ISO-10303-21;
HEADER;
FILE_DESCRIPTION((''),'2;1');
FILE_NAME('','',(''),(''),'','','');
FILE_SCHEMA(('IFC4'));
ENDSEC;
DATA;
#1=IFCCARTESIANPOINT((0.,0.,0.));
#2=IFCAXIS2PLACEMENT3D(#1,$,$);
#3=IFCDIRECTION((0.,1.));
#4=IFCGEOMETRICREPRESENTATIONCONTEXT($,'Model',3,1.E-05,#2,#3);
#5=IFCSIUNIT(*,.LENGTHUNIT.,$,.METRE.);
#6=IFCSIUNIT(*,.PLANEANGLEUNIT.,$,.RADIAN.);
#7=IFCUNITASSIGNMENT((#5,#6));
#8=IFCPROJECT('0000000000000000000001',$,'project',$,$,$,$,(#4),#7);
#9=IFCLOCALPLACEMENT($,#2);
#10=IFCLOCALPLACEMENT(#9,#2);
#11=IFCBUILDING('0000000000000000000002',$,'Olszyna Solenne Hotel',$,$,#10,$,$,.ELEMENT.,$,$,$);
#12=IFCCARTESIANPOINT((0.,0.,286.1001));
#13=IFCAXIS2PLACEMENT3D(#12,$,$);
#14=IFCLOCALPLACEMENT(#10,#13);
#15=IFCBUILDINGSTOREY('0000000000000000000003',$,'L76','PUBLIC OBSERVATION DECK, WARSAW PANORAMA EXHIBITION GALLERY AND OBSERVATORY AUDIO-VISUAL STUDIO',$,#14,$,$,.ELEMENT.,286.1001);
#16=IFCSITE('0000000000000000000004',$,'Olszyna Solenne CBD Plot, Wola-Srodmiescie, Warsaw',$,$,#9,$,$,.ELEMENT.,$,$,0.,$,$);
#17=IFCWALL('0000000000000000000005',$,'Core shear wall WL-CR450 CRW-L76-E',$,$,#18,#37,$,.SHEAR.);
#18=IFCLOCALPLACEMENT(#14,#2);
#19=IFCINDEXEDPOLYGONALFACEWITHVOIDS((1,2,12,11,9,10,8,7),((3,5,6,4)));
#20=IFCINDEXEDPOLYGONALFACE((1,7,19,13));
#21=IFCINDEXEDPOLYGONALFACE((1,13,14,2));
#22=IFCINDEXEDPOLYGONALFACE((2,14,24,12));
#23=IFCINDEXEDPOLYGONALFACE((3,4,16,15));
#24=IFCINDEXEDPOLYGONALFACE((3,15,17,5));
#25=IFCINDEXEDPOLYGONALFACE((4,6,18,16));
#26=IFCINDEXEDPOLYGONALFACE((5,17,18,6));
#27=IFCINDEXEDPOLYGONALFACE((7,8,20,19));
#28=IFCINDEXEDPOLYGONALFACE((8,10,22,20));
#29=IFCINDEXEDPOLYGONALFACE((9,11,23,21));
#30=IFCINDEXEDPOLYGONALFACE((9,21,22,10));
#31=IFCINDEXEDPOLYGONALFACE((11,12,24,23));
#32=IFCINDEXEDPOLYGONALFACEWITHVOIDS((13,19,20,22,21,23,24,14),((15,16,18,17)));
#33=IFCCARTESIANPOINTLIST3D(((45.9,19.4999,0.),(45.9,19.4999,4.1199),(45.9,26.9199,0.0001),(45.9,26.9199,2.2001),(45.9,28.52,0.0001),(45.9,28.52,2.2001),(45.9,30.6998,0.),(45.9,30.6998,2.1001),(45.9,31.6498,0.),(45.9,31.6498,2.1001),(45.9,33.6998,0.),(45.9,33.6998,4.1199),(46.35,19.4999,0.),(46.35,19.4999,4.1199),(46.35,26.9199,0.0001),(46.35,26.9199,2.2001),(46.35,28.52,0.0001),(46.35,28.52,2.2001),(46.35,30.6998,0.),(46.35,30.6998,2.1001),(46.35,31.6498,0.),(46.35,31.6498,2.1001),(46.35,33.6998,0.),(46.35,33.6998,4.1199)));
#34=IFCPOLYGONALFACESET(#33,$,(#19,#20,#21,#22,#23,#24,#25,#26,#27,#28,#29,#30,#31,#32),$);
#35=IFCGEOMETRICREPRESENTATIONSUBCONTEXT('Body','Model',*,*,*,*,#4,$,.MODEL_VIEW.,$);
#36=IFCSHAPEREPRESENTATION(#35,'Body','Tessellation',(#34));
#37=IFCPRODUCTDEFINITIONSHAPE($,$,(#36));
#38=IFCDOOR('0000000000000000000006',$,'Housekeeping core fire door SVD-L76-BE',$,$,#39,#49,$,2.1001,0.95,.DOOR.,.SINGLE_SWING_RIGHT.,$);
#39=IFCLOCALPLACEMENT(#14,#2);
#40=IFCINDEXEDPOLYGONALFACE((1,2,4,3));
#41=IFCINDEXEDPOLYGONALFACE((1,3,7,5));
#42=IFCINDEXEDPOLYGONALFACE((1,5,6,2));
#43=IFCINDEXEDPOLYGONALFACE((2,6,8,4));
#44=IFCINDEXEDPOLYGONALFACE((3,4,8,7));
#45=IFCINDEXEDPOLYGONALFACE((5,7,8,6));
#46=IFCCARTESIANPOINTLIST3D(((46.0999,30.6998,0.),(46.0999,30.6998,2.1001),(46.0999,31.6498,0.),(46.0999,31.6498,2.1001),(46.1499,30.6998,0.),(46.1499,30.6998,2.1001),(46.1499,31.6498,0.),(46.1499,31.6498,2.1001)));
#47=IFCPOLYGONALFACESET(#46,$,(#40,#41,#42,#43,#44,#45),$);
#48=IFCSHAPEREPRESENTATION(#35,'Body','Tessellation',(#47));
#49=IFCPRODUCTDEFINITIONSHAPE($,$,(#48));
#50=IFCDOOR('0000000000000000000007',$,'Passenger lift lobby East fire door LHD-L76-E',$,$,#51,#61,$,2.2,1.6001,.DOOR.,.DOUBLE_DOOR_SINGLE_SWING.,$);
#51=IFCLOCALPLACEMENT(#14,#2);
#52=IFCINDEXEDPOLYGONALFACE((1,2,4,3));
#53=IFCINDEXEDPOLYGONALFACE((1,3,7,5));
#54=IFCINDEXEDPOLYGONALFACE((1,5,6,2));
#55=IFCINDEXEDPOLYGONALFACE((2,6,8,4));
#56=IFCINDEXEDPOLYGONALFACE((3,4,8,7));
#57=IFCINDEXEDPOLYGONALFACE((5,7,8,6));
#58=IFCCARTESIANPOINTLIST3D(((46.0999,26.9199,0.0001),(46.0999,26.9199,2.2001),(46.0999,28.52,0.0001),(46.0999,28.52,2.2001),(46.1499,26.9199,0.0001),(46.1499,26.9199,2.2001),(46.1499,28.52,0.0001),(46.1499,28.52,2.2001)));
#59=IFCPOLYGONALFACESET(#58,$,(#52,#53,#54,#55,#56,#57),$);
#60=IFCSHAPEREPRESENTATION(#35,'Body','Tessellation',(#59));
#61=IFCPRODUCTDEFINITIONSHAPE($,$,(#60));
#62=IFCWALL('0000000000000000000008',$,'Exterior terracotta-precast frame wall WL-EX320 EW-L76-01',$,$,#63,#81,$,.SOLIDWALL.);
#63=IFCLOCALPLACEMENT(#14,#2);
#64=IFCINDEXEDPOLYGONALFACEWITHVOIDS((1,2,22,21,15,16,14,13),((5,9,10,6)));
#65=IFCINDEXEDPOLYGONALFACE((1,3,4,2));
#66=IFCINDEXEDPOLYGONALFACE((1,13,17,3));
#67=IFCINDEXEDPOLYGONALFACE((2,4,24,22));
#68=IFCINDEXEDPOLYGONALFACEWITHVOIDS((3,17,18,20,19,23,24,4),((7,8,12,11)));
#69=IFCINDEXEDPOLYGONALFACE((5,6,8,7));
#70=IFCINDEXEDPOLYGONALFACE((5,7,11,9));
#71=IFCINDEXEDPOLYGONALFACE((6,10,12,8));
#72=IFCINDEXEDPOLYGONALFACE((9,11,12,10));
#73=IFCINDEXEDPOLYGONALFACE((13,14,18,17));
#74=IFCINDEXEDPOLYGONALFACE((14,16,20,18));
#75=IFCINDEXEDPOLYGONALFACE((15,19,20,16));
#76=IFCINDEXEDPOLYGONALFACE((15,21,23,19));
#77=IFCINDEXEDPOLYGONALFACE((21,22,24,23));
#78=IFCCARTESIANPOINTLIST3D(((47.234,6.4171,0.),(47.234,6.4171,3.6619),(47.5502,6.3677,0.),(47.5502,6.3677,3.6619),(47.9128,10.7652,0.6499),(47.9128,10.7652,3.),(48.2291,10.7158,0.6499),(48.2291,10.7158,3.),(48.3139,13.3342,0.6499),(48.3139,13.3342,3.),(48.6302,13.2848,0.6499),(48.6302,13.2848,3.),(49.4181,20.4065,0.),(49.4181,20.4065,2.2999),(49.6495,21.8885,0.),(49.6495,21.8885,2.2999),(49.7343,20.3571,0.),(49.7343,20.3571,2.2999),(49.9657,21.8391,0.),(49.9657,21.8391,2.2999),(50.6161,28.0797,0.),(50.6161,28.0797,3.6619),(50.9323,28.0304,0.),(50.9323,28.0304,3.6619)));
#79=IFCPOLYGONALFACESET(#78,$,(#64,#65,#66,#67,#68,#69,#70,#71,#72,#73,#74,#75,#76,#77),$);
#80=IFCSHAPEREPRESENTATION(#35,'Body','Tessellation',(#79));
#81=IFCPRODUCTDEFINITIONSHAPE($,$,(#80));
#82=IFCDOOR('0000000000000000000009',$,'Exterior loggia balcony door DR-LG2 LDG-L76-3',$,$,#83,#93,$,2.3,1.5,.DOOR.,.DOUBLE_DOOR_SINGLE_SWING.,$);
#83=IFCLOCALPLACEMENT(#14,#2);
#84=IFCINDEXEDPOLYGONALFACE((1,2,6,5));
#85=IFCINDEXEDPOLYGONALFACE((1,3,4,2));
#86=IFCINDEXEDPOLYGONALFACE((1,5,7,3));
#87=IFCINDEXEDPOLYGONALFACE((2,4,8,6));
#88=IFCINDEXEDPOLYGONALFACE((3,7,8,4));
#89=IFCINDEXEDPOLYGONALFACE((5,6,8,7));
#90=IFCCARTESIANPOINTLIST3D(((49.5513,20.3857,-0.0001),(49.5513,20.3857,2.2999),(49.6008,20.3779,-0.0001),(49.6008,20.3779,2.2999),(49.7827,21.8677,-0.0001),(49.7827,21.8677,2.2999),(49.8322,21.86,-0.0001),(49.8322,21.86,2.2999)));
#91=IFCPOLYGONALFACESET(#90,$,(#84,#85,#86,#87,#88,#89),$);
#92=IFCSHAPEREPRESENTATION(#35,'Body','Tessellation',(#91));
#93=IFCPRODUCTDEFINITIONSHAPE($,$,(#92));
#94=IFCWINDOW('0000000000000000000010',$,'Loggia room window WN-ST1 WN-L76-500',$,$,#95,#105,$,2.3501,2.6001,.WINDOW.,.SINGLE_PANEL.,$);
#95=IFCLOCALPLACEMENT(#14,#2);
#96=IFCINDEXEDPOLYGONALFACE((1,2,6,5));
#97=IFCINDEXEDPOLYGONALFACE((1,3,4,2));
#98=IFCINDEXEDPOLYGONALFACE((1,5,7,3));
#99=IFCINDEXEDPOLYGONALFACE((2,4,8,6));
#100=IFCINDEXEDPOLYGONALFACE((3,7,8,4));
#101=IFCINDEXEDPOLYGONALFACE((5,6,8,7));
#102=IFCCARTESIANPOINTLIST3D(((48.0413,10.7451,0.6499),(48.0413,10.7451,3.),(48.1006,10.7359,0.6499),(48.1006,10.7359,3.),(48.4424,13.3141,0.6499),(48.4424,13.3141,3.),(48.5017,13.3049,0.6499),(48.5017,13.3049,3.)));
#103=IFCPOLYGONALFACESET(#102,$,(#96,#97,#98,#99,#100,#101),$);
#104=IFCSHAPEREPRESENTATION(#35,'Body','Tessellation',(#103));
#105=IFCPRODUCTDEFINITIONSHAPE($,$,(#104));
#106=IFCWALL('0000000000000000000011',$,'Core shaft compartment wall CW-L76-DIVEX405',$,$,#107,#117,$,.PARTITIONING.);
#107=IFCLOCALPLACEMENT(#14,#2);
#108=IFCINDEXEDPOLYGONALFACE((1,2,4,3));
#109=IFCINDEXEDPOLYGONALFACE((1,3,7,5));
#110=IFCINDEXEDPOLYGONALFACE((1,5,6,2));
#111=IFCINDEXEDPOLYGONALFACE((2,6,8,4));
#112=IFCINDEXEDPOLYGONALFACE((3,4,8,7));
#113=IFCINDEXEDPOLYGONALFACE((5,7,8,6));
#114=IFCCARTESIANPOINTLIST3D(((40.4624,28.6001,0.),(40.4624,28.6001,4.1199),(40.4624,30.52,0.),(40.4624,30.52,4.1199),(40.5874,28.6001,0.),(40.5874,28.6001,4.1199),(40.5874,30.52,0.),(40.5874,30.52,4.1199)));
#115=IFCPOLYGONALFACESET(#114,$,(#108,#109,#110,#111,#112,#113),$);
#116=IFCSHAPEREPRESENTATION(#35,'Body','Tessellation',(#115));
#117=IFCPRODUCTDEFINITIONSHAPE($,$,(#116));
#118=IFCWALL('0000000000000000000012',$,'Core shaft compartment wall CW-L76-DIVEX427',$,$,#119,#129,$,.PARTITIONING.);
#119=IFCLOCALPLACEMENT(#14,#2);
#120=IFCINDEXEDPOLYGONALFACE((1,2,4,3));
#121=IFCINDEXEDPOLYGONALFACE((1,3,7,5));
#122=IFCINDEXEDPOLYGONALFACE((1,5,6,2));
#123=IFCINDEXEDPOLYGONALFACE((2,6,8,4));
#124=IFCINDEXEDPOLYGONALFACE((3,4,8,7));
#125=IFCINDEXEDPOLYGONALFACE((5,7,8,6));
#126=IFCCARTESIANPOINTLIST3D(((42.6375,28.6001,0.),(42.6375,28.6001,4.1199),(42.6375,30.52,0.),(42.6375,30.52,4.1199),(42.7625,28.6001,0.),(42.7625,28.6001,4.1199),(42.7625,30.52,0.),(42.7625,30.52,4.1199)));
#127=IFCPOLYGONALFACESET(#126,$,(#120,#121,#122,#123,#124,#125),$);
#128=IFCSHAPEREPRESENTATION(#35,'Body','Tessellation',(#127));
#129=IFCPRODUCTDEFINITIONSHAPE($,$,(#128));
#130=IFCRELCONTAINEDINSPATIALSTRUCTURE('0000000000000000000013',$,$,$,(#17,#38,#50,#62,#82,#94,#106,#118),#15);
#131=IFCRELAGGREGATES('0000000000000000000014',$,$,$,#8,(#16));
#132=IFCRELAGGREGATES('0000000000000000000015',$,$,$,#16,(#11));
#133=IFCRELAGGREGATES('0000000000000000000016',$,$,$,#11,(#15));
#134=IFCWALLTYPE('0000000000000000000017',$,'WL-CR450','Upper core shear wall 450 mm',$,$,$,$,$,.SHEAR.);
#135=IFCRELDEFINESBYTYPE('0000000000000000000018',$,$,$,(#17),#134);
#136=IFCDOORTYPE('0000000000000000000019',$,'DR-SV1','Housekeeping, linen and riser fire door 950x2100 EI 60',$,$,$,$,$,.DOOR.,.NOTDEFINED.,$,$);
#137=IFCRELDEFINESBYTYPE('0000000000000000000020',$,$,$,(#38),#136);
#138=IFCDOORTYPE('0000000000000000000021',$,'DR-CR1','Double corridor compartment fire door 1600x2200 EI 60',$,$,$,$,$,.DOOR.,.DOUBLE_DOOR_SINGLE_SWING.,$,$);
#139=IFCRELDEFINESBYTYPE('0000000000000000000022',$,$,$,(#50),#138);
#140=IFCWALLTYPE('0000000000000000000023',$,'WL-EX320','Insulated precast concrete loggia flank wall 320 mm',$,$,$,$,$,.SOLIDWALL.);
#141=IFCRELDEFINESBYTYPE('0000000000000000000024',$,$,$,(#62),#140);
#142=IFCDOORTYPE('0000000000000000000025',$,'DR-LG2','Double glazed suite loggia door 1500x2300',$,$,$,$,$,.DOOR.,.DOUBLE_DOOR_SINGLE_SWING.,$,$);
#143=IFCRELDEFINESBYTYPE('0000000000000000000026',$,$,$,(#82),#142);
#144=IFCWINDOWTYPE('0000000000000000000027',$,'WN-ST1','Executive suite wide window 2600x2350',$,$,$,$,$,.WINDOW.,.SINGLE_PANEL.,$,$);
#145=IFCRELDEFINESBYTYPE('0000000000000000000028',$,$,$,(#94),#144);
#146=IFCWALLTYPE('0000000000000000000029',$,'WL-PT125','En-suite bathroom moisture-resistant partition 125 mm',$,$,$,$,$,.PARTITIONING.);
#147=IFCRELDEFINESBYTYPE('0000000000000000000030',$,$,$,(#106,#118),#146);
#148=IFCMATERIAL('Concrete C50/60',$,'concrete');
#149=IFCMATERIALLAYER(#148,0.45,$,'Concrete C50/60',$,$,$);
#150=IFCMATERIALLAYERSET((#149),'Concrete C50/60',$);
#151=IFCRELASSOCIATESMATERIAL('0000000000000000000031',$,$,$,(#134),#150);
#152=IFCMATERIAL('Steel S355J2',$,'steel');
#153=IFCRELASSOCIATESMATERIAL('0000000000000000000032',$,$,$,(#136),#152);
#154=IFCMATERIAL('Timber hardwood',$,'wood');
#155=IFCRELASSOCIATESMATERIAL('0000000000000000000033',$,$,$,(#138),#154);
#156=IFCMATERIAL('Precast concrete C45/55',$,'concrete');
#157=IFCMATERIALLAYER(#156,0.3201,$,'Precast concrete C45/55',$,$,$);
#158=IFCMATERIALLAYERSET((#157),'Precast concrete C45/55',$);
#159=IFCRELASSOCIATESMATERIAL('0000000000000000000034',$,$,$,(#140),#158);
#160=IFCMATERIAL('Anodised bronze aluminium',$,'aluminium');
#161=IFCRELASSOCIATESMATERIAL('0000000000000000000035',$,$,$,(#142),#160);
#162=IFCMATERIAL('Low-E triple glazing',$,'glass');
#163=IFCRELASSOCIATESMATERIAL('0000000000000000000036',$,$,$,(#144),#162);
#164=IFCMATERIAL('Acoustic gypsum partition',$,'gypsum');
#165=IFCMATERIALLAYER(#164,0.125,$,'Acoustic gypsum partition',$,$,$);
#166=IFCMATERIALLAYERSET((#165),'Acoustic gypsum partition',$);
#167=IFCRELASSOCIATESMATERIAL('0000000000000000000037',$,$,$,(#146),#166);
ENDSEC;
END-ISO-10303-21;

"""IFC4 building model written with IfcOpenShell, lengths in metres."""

from ifc_helpers import new_model, si_unit, direction, frame, frame_2d, origin, place, context, subcontext, project, spatial, rectangle, extrude, source, transform, mapped, material, layer, layer_set, type_object, type_shapes, element, fill, save


model = new_model("IFC4")

# Units and contexts
model_context = context("Model", 3, precision=1e-05, world=origin(), true_north=direction((0.0, 1.0)))
body_context = subcontext(model_context, "Body", "Model", "MODEL_VIEW")
ifc_project = project(units=[si_unit("LENGTHUNIT", "METRE"), si_unit("PLANEANGLEUNIT", "RADIAN")], contexts=[model_context])

# Site, building, storey
site_placement = place(None, origin())
site = spatial("IfcSite", under=ifc_project, at=site_placement, Name="Olszyna Solenne CBD Plot, Wola-Srodmiescie, Warsaw", CompositionType="ELEMENT", RefElevation=0.0)
building_placement = place(site_placement, origin())
building = spatial("IfcBuilding", under=site, at=building_placement, Name="Olszyna Solenne Hotel", CompositionType="ELEMENT")
storey_placement = place(building_placement, frame((0.0, 0.0, 286.1001)))
storey = spatial("IfcBuildingStorey", under=building, at=storey_placement, Name="L76", Description="PUBLIC OBSERVATION DECK, WARSAW PANORAMA EXHIBITION GALLERY AND OBSERVATORY AUDIO-VISUAL STUDIO", CompositionType="ELEMENT", Elevation=286.1001)

# Shared definitions
ifc_material_1 = material(Name="Steel S355J2", Category="steel")

# Shared definitions
ifc_material_2 = material(Name="Anodised bronze aluminium", Category="aluminium")

# Shared definitions
ifc_material_3 = material(Name="Low-E triple glazing", Category="glass")

# Wall, openings, doors
ifc_material_4 = material(Name="Concrete C50/60", Category="concrete")
ifc_layer_1 = layer(ifc_material_4, 0.45, Name="Concrete C50/60")
ifc_layer_set_1 = layer_set([ifc_layer_1], Name="Concrete C50/60")
wall_type_1 = type_object("IfcWallType", Name="WL-CR450", Description="Upper core shear wall 450 mm", PredefinedType="SHEAR", material=ifc_layer_set_1)
wall_1_placement = place(storey_placement, frame((46.125, 33.7, 0.0), z_axis=(0.0, 0.0, 1.0), x_axis=(0.0, -1.0, 0.0)))
wall_1 = element("IfcWall", 1, at=wall_1_placement, inside=storey, type_object=wall_type_1, Name="Core shear wall WL-CR450 CRW-L76-E", PredefinedType="SHEAR", context=body_context, shape_type="SweptSolid", body=[
    extrude(rectangle(XDim=14.2, YDim=0.45, at=frame_2d((7.1001, 0.0))), origin(), (0.0, 0.0, 1.0), 4.1199),
])
opening_1_placement = place(wall_1_placement, frame((5.1799, 0.0, 0.0)))
opening_1 = element("IfcOpeningElement", 2, at=opening_1_placement, cuts=wall_1, PredefinedType="OPENING", context=body_context, shape_type="SweptSolid", body=[
    extrude(rectangle(XDim=1.6001, YDim=2.2, at=frame_2d((0.8, 1.1001))), frame((0.0, 0.2349, 0.0), z_axis=(0.0, -1.0, 0.0), x_axis=(1.0, 0.0, 0.0)), (0.0, 0.0, 1.0), 0.47),
])
opening_2_placement = place(wall_1_placement, frame((2.05, 0.0, 0.0)))
opening_2 = element("IfcOpeningElement", 3, at=opening_2_placement, cuts=wall_1, PredefinedType="OPENING", context=body_context, shape_type="SweptSolid", body=[
    extrude(rectangle(XDim=0.95, YDim=2.1001, at=frame_2d((0.4751, 1.05))), frame((0.0, 0.2349, 0.0), z_axis=(0.0, -1.0, 0.0), x_axis=(1.0, 0.0, 0.0)), (0.0, 0.0, 1.0), 0.47),
])
door_type_1 = type_object("IfcDoorType", Name="DR-SV1", Description="Housekeeping, linen and riser fire door 950x2100 EI 60", OperationType="NOTDEFINED", PredefinedType="DOOR", material=ifc_material_1)
shared_shape_1 = source(origin(), body_context, "Body", "SweptSolid", [
    extrude(rectangle(XDim=0.95, YDim=2.1001, at=frame_2d((0.4751, 1.05))), frame((0.0, 0.0249, 0.0), z_axis=(0.0, -1.0, 0.0), x_axis=(1.0, 0.0, 0.0)), (0.0, 0.0, 1.0), 0.05),
])
type_shapes(door_type_1, [shared_shape_1])
door_1_placement = place(opening_2_placement, origin())
door_1 = element("IfcDoor", 4, at=door_1_placement, inside=storey, type_object=door_type_1, Name="Housekeeping core fire door SVD-L76-BE", OperationType="SINGLE_SWING_RIGHT", OverallHeight=2.1001, OverallWidth=0.95, PredefinedType="DOOR", context=body_context, shape_type="MappedRepresentation", body=[
    mapped(shared_shape_1, transform((0.0, 0.0, 0.0), x_axis=(1.0, 0.0, 0.0), y_axis=(0.0, 1.0, 0.0), z_axis=(0.0, 0.0, 1.0), scale=1.0)),
])
fill(opening_2, door_1)
ifc_material_5 = material(Name="Timber hardwood", Category="wood")
door_type_2 = type_object("IfcDoorType", Name="DR-CR1", Description="Double corridor compartment fire door 1600x2200 EI 60", OperationType="DOUBLE_DOOR_SINGLE_SWING", PredefinedType="DOOR", material=ifc_material_5)
shared_shape_2 = source(origin(), body_context, "Body", "SweptSolid", [
    extrude(rectangle(XDim=1.6001, YDim=2.2, at=frame_2d((0.8, 1.1001))), frame((0.0, 0.0249, 0.0), z_axis=(0.0, -1.0, 0.0), x_axis=(1.0, 0.0, 0.0)), (0.0, 0.0, 1.0), 0.05),
])
type_shapes(door_type_2, [shared_shape_2])
door_2_placement = place(opening_1_placement, origin())
door_2 = element("IfcDoor", 5, at=door_2_placement, inside=storey, type_object=door_type_2, Name="Passenger lift lobby East fire door LHD-L76-E", OperationType="DOUBLE_DOOR_SINGLE_SWING", OverallHeight=2.2, OverallWidth=1.6001, PredefinedType="DOOR", context=body_context, shape_type="MappedRepresentation", body=[
    mapped(shared_shape_2, transform((0.0, 0.0, 0.0), x_axis=(1.0, 0.0, 0.0), y_axis=(0.0, 1.0, 0.0), z_axis=(0.0, 0.0, 1.0), scale=1.0)),
])
fill(opening_1, door_2)

# Wall, openings, door, window
ifc_material_6 = material(Name="Precast concrete C45/55", Category="concrete")
ifc_layer_2 = layer(ifc_material_6, 0.3201, Name="Precast concrete C45/55")
ifc_layer_set_2 = layer_set([ifc_layer_2], Name="Precast concrete C45/55")
wall_type_2 = type_object("IfcWallType", Name="WL-EX320", Description="Insulated precast concrete loggia flank wall 320 mm", PredefinedType="SOLIDWALL", material=ifc_layer_set_2)
wall_2_placement = place(storey_placement, frame((50.7742, 28.0549, 0.0), z_axis=(0.0, 0.0, 1.0), x_axis=(-0.154257, -0.988031, 0.0)))
wall_2 = element("IfcWall", 6, at=wall_2_placement, inside=storey, type_object=wall_type_2, Name="Exterior terracotta-precast frame wall WL-EX320 EW-L76-01", PredefinedType="SOLIDWALL", context=body_context, shape_type="SweptSolid", body=[
    extrude(rectangle(XDim=21.925, YDim=0.3201, at=frame_2d((10.9624, 0.0))), origin(), (0.0, 0.0, 1.0), 3.6619),
])
opening_3_placement = place(wall_2_placement, frame((6.2661, 0.0, 0.0)))
opening_3 = element("IfcOpeningElement", 7, at=opening_3_placement, cuts=wall_2, PredefinedType="OPENING", context=body_context, shape_type="SweptSolid", body=[
    extrude(rectangle(XDim=1.5, YDim=2.3, at=frame_2d((0.75, 1.1499))), frame((0.0, 0.1699, 0.0), z_axis=(0.0, -1.0, 0.0), x_axis=(1.0, 0.0, 0.0)), (0.0, 0.0, 1.0), 0.3401),
])
opening_4_placement = place(wall_2_placement, frame((14.9241, 0.0, 0.6499)))
opening_4 = element("IfcOpeningElement", 8, at=opening_4_placement, cuts=wall_2, PredefinedType="OPENING", context=body_context, shape_type="SweptSolid", body=[
    extrude(rectangle(XDim=2.6001, YDim=2.3501, at=frame_2d((1.3, 1.175))), frame((0.0, 0.1699, 0.0), z_axis=(0.0, -1.0, 0.0), x_axis=(1.0, 0.0, 0.0)), (0.0, 0.0, 1.0), 0.3401),
])
door_type_3 = type_object("IfcDoorType", Name="DR-LG2", Description="Double glazed suite loggia door 1500x2300", OperationType="DOUBLE_DOOR_SINGLE_SWING", PredefinedType="DOOR", material=ifc_material_2)
shared_shape_3 = source(origin(), body_context, "Body", "SweptSolid", [
    extrude(rectangle(XDim=1.5, YDim=2.3, at=frame_2d((0.75, 1.1499))), frame((0.0, 0.0249, 0.0), z_axis=(0.0, -1.0, 0.0), x_axis=(1.0, 0.0, 0.0)), (0.0, 0.0, 1.0), 0.05),
])
type_shapes(door_type_3, [shared_shape_3])
door_3_placement = place(opening_3_placement, origin())
door_3 = element("IfcDoor", 9, at=door_3_placement, inside=storey, type_object=door_type_3, Name="Exterior loggia balcony door DR-LG2 LDG-L76-3", OperationType="DOUBLE_DOOR_SINGLE_SWING", OverallHeight=2.3, OverallWidth=1.5, PredefinedType="DOOR", context=body_context, shape_type="MappedRepresentation", body=[
    mapped(shared_shape_3, transform((0.0, 0.0, 0.0), x_axis=(1.0, 0.0, 0.0), y_axis=(0.0, 1.0, 0.0), z_axis=(0.0, 0.0, 1.0), scale=1.0)),
])
fill(opening_3, door_3)
window_type = type_object("IfcWindowType", Name="WN-ST1", Description="Executive suite wide window 2600x2350", PartitioningType="SINGLE_PANEL", PredefinedType="WINDOW", material=ifc_material_3)
shared_shape_4 = source(origin(), body_context, "Body", "SweptSolid", [
    extrude(rectangle(XDim=2.6001, YDim=2.3501, at=frame_2d((1.3, 1.175))), frame((0.0, 0.03, 0.0), z_axis=(0.0, -1.0, 0.0), x_axis=(1.0, 0.0, 0.0)), (0.0, 0.0, 1.0), 0.0601),
])
type_shapes(window_type, [shared_shape_4])
window_placement = place(opening_4_placement, origin())
window = element("IfcWindow", 10, at=window_placement, inside=storey, type_object=window_type, Name="Loggia room window WN-ST1 WN-L76-500", OverallHeight=2.3501, OverallWidth=2.6001, PartitioningType="SINGLE_PANEL", PredefinedType="WINDOW", context=body_context, shape_type="MappedRepresentation", body=[
    mapped(shared_shape_4, transform((0.0, 0.0, 0.0), x_axis=(1.0, 0.0, 0.0), y_axis=(0.0, 1.0, 0.0), z_axis=(0.0, 0.0, 1.0), scale=1.0)),
])
fill(opening_4, window)

# Walls
ifc_material_7 = material(Name="Acoustic gypsum partition", Category="gypsum")
ifc_layer_3 = layer(ifc_material_7, 0.125, Name="Acoustic gypsum partition")
ifc_layer_set_3 = layer_set([ifc_layer_3], Name="Acoustic gypsum partition")
wall_type_3 = type_object("IfcWallType", Name="WL-PT125", Description="En-suite bathroom moisture-resistant partition 125 mm", PredefinedType="PARTITIONING", material=ifc_layer_set_3)
for number, where, z_axis, x_axis, name in (
    (11, (40.5249, 28.6001, 0.0), (0.0, 0.0, 1.0), (0.0, 1.0, 0.0), "Core shaft compartment wall CW-L76-DIVEX405"),
    (12, (42.7, 28.6001, 0.0), (0.0, 0.0, 1.0), (0.0, 1.0, 0.0), "Core shaft compartment wall CW-L76-DIVEX427"),
):
    element("IfcWall", number, at=place(storey_placement, frame(where, z_axis=z_axis, x_axis=x_axis)), inside=storey, type_object=wall_type_3, Name=name, PredefinedType="PARTITIONING", context=body_context, shape_type="SweptSolid", body=[
        extrude(rectangle(XDim=1.9199, YDim=0.125, at=frame_2d((0.96, 0.0))), origin(), (0.0, 0.0, 1.0), 4.1199),
    ])

save(model, "model.ifc")
